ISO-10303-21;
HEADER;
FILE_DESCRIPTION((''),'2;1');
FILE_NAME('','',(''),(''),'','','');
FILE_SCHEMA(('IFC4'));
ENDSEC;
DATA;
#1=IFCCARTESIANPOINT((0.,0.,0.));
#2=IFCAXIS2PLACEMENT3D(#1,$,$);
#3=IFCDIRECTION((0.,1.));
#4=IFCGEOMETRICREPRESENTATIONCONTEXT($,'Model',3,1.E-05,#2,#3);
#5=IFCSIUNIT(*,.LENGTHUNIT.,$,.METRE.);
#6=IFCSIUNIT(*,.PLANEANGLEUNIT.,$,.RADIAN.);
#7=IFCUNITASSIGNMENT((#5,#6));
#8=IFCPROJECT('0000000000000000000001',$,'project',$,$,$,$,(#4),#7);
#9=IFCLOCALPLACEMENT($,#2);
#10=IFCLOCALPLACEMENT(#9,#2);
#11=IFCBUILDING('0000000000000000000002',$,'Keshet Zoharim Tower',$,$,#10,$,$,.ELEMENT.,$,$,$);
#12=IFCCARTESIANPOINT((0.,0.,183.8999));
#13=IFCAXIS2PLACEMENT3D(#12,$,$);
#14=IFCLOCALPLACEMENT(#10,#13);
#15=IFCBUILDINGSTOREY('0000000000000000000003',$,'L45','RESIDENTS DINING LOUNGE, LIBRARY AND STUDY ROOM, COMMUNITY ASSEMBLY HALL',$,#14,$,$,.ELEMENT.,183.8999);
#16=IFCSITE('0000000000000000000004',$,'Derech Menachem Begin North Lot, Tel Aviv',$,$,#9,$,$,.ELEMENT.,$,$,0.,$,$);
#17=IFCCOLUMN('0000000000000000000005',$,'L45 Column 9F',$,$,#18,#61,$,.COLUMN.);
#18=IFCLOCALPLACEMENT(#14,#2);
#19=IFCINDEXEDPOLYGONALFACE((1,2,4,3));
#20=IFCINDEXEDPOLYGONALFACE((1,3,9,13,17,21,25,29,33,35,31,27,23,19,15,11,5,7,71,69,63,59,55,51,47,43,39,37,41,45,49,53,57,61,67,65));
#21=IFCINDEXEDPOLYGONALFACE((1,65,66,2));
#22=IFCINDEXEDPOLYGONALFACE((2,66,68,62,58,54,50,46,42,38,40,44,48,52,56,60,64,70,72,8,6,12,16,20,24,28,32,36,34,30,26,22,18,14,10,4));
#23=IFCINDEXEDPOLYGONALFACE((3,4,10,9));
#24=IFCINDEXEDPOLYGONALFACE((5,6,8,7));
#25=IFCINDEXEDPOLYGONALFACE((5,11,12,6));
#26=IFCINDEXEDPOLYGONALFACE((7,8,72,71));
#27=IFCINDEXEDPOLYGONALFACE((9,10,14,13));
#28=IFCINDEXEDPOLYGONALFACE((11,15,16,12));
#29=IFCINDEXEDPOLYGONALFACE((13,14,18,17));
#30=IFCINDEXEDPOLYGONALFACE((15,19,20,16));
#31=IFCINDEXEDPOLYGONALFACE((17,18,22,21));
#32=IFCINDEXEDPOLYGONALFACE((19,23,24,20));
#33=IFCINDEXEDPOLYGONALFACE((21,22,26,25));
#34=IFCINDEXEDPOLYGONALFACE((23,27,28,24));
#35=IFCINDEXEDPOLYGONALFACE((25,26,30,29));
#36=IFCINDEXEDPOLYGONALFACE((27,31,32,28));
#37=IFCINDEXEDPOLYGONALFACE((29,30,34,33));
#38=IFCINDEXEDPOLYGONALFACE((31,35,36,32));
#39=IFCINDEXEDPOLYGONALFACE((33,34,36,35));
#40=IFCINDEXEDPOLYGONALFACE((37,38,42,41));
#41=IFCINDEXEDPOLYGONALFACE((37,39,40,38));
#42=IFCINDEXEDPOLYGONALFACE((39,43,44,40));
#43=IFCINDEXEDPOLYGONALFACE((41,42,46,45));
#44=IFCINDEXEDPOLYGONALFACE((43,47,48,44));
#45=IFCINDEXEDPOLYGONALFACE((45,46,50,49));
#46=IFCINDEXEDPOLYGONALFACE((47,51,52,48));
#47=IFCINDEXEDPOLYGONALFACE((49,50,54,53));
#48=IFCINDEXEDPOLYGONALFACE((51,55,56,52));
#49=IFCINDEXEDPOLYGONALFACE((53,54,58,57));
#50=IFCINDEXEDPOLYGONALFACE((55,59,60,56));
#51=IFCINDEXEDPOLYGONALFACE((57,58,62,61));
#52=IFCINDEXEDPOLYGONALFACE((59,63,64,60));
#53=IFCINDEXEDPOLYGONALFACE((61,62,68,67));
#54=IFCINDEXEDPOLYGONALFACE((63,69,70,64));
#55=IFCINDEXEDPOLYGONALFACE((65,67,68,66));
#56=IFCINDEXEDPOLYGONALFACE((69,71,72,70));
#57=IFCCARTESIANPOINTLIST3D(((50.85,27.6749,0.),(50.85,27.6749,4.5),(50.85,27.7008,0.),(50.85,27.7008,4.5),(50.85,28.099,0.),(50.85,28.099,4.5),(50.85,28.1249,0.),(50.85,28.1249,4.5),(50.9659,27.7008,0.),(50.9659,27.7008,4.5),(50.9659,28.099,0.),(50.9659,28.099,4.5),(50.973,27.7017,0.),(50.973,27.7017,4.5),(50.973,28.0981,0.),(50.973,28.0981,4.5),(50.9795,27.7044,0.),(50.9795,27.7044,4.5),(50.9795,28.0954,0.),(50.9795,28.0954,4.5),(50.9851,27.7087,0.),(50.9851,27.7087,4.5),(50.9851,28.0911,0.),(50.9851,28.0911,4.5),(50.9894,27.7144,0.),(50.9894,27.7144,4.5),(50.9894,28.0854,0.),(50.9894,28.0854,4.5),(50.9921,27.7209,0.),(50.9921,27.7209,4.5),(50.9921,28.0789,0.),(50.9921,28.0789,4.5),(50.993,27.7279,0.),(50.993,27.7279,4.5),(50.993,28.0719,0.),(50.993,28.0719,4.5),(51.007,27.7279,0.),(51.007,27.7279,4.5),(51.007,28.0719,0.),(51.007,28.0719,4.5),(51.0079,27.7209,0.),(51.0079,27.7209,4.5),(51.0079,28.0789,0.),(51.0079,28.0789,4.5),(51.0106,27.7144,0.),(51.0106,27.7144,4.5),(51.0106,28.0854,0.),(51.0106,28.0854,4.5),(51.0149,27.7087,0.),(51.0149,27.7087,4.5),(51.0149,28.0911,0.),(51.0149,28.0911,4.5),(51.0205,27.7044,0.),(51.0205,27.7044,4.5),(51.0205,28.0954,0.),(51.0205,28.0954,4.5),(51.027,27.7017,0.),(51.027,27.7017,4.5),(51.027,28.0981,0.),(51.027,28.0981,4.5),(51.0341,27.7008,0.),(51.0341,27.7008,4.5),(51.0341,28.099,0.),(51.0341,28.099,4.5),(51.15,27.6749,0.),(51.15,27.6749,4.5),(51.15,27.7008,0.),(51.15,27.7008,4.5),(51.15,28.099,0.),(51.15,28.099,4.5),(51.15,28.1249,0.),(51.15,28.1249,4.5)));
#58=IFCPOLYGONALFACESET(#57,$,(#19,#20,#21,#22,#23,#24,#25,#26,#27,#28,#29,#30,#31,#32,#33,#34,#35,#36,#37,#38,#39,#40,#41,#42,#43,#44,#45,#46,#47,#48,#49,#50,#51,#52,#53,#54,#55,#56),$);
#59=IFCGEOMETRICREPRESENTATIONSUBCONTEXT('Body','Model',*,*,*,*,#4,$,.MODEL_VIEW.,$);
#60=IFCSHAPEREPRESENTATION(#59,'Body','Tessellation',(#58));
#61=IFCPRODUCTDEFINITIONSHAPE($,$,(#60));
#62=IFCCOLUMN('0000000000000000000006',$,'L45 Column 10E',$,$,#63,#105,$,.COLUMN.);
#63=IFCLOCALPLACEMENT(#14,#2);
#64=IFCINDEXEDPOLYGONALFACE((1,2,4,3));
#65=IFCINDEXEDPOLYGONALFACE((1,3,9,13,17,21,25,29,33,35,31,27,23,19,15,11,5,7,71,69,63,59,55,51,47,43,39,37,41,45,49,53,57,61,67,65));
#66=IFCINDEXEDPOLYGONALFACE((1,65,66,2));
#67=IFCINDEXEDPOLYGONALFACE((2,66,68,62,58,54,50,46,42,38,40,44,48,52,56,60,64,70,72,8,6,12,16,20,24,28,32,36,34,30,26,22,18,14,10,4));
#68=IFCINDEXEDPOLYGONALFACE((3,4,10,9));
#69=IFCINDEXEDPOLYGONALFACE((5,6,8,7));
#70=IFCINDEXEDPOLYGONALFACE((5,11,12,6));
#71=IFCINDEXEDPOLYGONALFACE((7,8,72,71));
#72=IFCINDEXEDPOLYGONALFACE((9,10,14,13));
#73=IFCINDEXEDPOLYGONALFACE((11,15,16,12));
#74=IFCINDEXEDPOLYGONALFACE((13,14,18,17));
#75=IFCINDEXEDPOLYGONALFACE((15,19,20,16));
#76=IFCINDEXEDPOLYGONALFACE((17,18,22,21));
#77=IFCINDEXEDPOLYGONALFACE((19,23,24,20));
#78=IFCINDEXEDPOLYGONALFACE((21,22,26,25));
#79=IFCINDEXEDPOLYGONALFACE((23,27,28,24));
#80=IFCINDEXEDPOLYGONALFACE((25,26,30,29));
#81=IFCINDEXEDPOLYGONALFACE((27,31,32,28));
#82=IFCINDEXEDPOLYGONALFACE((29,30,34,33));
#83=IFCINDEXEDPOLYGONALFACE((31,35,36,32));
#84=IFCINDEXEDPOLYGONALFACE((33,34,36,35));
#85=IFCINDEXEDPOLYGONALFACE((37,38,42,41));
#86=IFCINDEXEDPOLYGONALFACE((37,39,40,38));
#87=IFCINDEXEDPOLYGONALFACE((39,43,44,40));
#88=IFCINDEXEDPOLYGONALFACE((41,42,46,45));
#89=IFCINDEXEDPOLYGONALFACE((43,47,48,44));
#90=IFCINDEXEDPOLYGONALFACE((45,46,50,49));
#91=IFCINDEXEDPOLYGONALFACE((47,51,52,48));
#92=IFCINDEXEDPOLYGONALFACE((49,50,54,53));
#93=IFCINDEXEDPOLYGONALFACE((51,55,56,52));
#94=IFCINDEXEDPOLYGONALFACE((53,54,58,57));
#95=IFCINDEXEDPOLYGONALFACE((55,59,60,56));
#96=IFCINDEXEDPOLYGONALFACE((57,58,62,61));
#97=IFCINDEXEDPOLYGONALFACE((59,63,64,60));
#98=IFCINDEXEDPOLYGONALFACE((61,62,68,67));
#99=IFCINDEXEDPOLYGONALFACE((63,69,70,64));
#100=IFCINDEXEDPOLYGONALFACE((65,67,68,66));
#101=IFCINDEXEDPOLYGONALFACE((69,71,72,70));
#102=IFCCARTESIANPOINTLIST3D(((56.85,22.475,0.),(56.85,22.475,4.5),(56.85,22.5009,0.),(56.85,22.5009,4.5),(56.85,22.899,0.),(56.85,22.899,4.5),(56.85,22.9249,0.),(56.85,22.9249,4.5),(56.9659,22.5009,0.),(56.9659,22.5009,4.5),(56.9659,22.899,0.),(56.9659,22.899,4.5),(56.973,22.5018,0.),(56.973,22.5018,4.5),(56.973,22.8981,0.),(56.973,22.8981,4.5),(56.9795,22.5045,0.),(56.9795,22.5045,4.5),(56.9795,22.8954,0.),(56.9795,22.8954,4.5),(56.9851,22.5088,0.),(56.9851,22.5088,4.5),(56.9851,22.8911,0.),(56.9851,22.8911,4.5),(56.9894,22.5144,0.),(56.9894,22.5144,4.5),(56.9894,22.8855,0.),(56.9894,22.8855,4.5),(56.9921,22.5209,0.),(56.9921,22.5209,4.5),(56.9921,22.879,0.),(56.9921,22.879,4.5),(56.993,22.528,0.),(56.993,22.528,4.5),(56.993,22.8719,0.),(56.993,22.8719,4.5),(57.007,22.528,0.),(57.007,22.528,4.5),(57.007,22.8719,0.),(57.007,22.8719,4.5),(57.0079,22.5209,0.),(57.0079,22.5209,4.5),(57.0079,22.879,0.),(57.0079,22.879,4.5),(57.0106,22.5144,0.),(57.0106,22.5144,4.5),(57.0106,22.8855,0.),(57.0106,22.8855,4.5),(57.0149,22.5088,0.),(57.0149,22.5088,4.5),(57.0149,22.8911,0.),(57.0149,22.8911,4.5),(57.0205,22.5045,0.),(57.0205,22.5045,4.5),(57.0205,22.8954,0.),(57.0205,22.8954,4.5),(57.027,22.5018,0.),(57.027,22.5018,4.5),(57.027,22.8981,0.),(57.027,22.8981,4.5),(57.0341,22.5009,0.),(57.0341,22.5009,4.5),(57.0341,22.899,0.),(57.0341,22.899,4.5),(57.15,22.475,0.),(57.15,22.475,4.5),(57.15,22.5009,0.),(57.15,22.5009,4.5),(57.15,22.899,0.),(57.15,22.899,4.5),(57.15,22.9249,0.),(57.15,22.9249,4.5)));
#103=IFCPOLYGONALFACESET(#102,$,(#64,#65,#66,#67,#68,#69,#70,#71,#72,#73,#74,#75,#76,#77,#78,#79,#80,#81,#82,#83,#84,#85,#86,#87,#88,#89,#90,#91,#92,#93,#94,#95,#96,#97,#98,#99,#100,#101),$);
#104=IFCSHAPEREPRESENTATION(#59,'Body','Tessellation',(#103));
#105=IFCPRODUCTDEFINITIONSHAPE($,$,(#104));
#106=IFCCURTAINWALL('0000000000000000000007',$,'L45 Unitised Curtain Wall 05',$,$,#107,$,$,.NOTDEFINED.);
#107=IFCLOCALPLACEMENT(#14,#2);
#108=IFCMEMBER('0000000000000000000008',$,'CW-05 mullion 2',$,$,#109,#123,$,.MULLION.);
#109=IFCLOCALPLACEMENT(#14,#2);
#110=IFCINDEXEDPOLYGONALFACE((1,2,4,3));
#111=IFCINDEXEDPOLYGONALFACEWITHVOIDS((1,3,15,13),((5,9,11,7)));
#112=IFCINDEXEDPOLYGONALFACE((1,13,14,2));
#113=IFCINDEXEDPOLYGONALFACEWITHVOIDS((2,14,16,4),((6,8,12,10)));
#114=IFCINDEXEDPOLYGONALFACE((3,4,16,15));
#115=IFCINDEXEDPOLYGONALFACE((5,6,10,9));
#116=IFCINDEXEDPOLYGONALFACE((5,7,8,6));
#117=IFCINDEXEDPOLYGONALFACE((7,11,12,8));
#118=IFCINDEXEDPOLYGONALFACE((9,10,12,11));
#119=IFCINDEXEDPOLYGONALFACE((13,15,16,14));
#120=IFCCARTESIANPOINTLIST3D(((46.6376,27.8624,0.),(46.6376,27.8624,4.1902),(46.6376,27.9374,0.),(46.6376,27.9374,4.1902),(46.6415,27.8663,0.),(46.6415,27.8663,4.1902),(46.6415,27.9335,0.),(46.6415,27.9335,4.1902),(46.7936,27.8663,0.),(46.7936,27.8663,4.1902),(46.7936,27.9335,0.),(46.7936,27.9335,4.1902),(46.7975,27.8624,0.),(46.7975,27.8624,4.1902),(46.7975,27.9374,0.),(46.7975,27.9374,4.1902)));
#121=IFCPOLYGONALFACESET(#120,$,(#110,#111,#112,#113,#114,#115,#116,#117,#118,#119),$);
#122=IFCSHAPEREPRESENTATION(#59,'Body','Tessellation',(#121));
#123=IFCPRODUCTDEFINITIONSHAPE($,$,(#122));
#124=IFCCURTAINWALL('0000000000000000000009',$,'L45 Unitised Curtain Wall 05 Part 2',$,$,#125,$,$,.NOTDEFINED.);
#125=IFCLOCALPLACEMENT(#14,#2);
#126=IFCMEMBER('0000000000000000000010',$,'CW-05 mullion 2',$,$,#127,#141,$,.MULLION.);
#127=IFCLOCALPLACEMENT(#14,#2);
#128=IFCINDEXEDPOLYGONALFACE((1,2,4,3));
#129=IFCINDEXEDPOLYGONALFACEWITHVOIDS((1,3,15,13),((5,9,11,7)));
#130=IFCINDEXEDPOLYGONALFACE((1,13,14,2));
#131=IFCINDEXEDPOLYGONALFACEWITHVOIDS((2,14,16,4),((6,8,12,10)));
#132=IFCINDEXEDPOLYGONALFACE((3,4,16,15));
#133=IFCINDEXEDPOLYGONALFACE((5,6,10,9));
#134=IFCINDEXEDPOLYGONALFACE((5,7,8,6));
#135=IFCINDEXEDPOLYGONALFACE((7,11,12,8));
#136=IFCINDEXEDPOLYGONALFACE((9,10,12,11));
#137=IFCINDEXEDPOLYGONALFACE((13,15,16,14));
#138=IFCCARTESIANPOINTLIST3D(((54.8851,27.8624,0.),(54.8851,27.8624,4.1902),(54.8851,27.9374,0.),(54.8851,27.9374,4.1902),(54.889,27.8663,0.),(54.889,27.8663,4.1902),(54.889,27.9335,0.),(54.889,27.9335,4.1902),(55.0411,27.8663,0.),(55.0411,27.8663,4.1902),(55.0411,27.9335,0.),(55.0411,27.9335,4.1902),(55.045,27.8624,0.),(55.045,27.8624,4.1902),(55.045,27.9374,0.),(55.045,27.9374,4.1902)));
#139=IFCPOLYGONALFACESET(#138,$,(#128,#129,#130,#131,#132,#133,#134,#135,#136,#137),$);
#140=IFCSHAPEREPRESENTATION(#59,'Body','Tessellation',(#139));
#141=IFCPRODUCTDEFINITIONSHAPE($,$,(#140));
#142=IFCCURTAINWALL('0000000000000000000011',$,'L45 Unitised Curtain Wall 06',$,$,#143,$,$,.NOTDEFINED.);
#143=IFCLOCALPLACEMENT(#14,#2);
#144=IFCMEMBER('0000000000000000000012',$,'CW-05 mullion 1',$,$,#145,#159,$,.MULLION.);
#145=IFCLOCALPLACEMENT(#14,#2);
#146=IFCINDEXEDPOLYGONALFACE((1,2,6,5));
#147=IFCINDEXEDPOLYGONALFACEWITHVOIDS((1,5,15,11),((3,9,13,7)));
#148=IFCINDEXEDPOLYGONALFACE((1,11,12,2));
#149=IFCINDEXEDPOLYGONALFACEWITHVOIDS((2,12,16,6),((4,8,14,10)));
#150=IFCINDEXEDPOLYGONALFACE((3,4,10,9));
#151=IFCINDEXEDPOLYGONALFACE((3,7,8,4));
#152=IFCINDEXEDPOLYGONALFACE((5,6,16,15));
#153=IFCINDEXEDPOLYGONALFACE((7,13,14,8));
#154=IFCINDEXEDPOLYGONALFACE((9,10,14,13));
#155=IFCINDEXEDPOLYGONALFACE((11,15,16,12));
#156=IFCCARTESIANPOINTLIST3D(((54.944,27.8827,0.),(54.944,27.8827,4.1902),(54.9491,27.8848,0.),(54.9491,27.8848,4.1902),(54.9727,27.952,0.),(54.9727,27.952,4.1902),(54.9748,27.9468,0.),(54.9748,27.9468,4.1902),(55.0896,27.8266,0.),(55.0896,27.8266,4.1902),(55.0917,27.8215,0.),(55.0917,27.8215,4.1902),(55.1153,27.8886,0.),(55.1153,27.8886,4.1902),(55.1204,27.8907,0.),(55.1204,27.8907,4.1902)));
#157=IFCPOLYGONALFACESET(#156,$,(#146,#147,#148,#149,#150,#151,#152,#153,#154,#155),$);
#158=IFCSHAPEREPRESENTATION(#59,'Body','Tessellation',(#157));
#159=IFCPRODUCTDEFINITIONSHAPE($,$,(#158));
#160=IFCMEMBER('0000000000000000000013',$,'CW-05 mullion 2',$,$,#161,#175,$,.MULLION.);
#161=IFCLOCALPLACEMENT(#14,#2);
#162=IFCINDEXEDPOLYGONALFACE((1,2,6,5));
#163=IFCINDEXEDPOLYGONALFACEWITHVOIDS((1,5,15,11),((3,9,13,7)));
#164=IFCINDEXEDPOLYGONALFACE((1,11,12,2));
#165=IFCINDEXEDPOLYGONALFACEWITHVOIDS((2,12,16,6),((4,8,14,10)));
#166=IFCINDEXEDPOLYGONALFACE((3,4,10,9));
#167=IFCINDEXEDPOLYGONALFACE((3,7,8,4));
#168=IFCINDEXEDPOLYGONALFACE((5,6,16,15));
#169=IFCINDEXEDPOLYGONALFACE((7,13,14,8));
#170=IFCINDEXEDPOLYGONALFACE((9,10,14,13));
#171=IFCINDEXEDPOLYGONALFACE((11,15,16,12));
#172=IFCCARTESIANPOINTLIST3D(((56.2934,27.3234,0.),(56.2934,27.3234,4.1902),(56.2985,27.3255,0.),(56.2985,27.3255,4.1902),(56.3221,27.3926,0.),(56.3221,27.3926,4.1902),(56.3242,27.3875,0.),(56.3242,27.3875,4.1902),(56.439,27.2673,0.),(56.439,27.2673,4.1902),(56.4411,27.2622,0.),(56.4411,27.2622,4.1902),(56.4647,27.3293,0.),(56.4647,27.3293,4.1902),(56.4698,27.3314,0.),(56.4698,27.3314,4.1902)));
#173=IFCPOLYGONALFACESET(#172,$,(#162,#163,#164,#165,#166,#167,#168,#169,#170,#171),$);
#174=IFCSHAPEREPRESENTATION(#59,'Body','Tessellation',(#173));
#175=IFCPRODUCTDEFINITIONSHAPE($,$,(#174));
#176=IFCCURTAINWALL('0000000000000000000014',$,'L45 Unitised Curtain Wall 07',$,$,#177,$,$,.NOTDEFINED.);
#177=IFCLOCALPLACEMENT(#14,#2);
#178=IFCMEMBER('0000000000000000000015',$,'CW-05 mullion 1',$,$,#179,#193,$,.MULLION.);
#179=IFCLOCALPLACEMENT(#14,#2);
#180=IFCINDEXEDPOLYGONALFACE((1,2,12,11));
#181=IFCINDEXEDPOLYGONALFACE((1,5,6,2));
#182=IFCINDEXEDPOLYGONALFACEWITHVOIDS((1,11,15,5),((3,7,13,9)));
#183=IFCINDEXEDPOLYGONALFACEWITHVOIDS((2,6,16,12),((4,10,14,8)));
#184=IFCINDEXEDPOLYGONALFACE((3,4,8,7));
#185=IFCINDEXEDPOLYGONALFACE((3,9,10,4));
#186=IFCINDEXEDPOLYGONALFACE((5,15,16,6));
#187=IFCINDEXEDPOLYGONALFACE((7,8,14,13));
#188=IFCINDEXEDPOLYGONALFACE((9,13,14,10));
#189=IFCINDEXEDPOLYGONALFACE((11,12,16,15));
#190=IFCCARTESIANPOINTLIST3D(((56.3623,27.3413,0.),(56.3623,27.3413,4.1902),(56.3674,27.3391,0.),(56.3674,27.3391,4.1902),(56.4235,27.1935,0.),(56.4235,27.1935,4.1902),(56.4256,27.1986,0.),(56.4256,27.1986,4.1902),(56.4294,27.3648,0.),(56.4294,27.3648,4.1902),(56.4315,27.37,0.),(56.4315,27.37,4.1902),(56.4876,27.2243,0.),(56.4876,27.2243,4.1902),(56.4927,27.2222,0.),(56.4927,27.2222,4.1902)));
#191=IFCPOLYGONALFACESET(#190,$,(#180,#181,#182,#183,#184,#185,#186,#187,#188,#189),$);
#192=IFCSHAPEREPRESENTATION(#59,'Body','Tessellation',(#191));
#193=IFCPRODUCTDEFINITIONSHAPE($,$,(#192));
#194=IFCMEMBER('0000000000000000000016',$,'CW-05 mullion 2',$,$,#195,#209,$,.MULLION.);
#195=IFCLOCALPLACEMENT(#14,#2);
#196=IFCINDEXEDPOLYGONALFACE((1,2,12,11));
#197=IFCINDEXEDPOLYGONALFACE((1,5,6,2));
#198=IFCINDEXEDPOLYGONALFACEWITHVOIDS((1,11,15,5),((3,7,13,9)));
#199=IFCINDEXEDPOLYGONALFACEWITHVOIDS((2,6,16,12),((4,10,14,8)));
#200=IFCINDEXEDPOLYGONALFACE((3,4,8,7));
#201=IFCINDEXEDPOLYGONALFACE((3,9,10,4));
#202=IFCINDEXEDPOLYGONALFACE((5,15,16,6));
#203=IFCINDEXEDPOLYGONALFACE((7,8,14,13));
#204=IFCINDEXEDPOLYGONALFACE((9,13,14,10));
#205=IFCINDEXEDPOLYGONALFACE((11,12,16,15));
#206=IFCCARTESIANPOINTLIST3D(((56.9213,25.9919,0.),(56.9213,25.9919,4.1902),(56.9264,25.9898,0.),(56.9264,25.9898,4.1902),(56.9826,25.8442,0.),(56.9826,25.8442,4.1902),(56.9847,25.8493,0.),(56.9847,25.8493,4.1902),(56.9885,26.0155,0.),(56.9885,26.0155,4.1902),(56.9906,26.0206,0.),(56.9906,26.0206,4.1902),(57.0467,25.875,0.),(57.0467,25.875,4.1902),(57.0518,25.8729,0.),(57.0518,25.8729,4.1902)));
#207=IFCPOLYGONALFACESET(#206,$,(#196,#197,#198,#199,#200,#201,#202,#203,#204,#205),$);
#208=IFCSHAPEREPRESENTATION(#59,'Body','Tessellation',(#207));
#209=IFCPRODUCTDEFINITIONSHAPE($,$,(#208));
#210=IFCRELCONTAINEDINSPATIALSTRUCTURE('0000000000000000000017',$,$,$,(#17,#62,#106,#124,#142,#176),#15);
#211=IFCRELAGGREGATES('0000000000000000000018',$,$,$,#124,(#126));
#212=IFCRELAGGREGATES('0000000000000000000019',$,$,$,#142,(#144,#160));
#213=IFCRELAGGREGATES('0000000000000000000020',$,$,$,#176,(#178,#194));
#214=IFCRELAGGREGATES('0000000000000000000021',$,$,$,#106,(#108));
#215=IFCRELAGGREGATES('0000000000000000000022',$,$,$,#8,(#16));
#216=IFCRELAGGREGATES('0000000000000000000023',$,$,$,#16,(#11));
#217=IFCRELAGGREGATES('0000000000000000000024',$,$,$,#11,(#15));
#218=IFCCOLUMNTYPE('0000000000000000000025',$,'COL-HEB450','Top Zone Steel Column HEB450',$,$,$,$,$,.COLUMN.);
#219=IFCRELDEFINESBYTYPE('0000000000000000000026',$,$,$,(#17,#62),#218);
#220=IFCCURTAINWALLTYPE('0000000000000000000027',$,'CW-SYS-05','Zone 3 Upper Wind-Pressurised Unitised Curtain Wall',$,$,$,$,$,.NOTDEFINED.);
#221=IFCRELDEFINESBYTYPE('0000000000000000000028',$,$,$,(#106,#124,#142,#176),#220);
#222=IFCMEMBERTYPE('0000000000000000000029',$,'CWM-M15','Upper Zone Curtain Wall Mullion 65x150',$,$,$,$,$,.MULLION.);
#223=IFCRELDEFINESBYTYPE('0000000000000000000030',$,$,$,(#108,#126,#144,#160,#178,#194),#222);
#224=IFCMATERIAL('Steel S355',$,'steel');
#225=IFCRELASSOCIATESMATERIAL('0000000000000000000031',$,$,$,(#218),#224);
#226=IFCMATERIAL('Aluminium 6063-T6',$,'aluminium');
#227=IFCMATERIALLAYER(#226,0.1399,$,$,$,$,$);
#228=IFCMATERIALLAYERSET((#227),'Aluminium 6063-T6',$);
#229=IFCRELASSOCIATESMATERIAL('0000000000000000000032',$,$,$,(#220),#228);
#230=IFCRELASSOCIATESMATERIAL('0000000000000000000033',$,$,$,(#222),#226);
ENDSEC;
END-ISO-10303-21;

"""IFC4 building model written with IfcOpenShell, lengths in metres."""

from ifc_helpers import new_model, si_unit, direction, frame, origin, origin_2d, place, context, subcontext, project, spatial, hollow_rectangle, i_section, extrude, material, layer, layer_set, material_profile, profile_set, type_object, element, aggregate, save


model = new_model("IFC4")

# Units and contexts
model_context = context("Model", 3, precision=1e-05, world=origin(), true_north=direction((0.0, 1.0)))
body_context = subcontext(model_context, "Body", "Model", "MODEL_VIEW")
ifc_project = project(units=[si_unit("LENGTHUNIT", "METRE"), si_unit("PLANEANGLEUNIT", "RADIAN")], contexts=[model_context])

# Site, building, storey
site_placement = place(None, origin())
site = spatial("IfcSite", under=ifc_project, at=site_placement, Name="Derech Menachem Begin North Lot, Tel Aviv", CompositionType="ELEMENT", RefElevation=0.0)
building_placement = place(site_placement, origin())
building = spatial("IfcBuilding", under=site, at=building_placement, Name="Keshet Zoharim Tower", CompositionType="ELEMENT")
storey_placement = place(building_placement, frame((0.0, 0.0, 183.8999)))
storey = spatial("IfcBuildingStorey", under=building, at=storey_placement, Name="L45", Description="RESIDENTS DINING LOUNGE, LIBRARY AND STUDY ROOM, COMMUNITY ASSEMBLY HALL", CompositionType="ELEMENT", Elevation=183.8999)

# Columns
ifc_material_1 = material(Name="Steel S355", Category="steel")
ifc_material_profile_1 = material_profile(ifc_material_1, i_section(OverallWidth=0.3, OverallDepth=0.45, WebThickness=0.0139, FlangeThickness=0.0259, FilletRadius=0.0271, at=origin_2d()), Name="HEB450")
ifc_profile_set_1 = profile_set([ifc_material_profile_1], Name="Steel S355")
column_type = type_object("IfcColumnType", Name="COL-HEB450", Description="Top Zone Steel Column HEB450", PredefinedType="COLUMN", material=ifc_profile_set_1)
for number, where, z_axis, x_axis, name in (
    (1, (51.0, 27.8999, 0.0), (0.0, 0.0, 1.0), (1.0, 0.0, 0.0), "L45 Column 9F"),
    (2, (57.0, 22.7, 0.0), (0.0, 0.0, 1.0), (1.0, 0.0, 0.0), "L45 Column 10E"),
):
    element("IfcColumn", number, at=place(storey_placement, frame(where, z_axis=z_axis, x_axis=x_axis)), inside=storey, type_object=column_type, Name=name, PredefinedType="COLUMN", context=body_context, shape_type="SweptSolid", body=[
        extrude(i_section(OverallWidth=0.3, OverallDepth=0.45, WebThickness=0.0139, FlangeThickness=0.0259, FilletRadius=0.0271, at=origin_2d()), origin(), (0.0, 0.0, 1.0), 4.5),
    ])

# Curtain walls, members
ifc_material_2 = material(Name="Aluminium 6063-T6", Category="aluminium")
ifc_layer_1 = layer(ifc_material_2, 0.1399)
ifc_layer_set_1 = layer_set([ifc_layer_1], Name="Aluminium 6063-T6")
curtain_wall_type = type_object("IfcCurtainWallType", Name="CW-SYS-05", Description="Zone 3 Upper Wind-Pressurised Unitised Curtain Wall", PredefinedType="NOTDEFINED", material=ifc_layer_set_1)
curtain_wall_1_placement = place(storey_placement, origin())
curtain_wall_1 = element("IfcCurtainWall", 3, at=curtain_wall_1_placement, inside=storey, type_object=curtain_wall_type, Name="L45 Unitised Curtain Wall 05", PredefinedType="NOTDEFINED")
ifc_material_profile_2 = material_profile(ifc_material_2, hollow_rectangle(XDim=0.075, YDim=0.1599, WallThickness=0.0039, at=origin_2d()), Name="MUL-75x160")
ifc_profile_set_2 = profile_set([ifc_material_profile_2], Name="Aluminium 6063-T6")
member_type_1 = type_object("IfcMemberType", Name="CWM-M15", Description="Upper Zone Curtain Wall Mullion 65x150", PredefinedType="MULLION", material=ifc_profile_set_2)
member_1_placement = place(storey_placement, frame((46.7175, 27.8999, 0.0), z_axis=(0.0, 0.0, 1.0), x_axis=(0.0, 1.0, 0.0)))
member_1 = element("IfcMember", 4, at=member_1_placement, type_object=member_type_1, Name="CW-05 mullion 2", PredefinedType="MULLION", context=body_context, shape_type="SweptSolid", body=[
    extrude(hollow_rectangle(XDim=0.075, YDim=0.1599, WallThickness=0.0039, at=origin_2d()), origin(), (0.0, 0.0, 1.0), 4.1902),
])
curtain_wall_2_placement = place(storey_placement, origin())
curtain_wall_2 = element("IfcCurtainWall", 5, at=curtain_wall_2_placement, inside=storey, type_object=curtain_wall_type, Name="L45 Unitised Curtain Wall 05 Part 2", PredefinedType="NOTDEFINED")
member_2_placement = place(storey_placement, frame((54.9651, 27.8999, 0.0), z_axis=(0.0, 0.0, 1.0), x_axis=(0.0, 1.0, 0.0)))
member_2 = element("IfcMember", 6, at=member_2_placement, type_object=member_type_1, Name="CW-05 mullion 2", PredefinedType="MULLION", context=body_context, shape_type="SweptSolid", body=[
    extrude(hollow_rectangle(XDim=0.075, YDim=0.1599, WallThickness=0.0039, at=origin_2d()), origin(), (0.0, 0.0, 1.0), 4.1902),
])

# Curtain walls, members
curtain_wall_3_placement = place(storey_placement, origin())
curtain_wall_3 = element("IfcCurtainWall", 7, at=curtain_wall_3_placement, inside=storey, type_object=curtain_wall_type, Name="L45 Unitised Curtain Wall 06", PredefinedType="NOTDEFINED")
member_3_placement = place(storey_placement, frame((55.0322, 27.8867, 0.0), z_axis=(0.0, 0.0, 1.0), x_axis=(0.382852, 0.92381, 0.0)))
member_3 = element("IfcMember", 8, at=member_3_placement, type_object=member_type_1, Name="CW-05 mullion 1", PredefinedType="MULLION", context=body_context, shape_type="SweptSolid", body=[
    extrude(hollow_rectangle(XDim=0.075, YDim=0.1599, WallThickness=0.0039, at=origin_2d()), origin(), (0.0, 0.0, 1.0), 4.1902),
])
member_4_placement = place(storey_placement, frame((56.3816, 27.3274, 0.0), z_axis=(0.0, 0.0, 1.0), x_axis=(0.382852, 0.92381, 0.0)))
member_4 = element("IfcMember", 9, at=member_4_placement, type_object=member_type_1, Name="CW-05 mullion 2", PredefinedType="MULLION", context=body_context, shape_type="SweptSolid", body=[
    extrude(hollow_rectangle(XDim=0.075, YDim=0.1599, WallThickness=0.0039, at=origin_2d()), origin(), (0.0, 0.0, 1.0), 4.1902),
])
curtain_wall_4_placement = place(storey_placement, origin())
curtain_wall_4 = element("IfcCurtainWall", 10, at=curtain_wall_4_placement, inside=storey, type_object=curtain_wall_type, Name="L45 Unitised Curtain Wall 07", PredefinedType="NOTDEFINED")
member_5_placement = place(storey_placement, frame((56.4275, 27.2817, 0.0), z_axis=(0.0, 0.0, 1.0), x_axis=(0.92381, 0.382852, 0.0)))
member_5 = element("IfcMember", 11, at=member_5_placement, type_object=member_type_1, Name="CW-05 mullion 1", PredefinedType="MULLION", context=body_context, shape_type="SweptSolid", body=[
    extrude(hollow_rectangle(XDim=0.075, YDim=0.1599, WallThickness=0.0039, at=origin_2d()), origin(), (0.0, 0.0, 1.0), 4.1902),
])
member_6_placement = place(storey_placement, frame((56.9866, 25.9324, 0.0), z_axis=(0.0, 0.0, 1.0), x_axis=(0.92381, 0.382852, 0.0)))
member_6 = element("IfcMember", 12, at=member_6_placement, type_object=member_type_1, Name="CW-05 mullion 2", PredefinedType="MULLION", context=body_context, shape_type="SweptSolid", body=[
    extrude(hollow_rectangle(XDim=0.075, YDim=0.1599, WallThickness=0.0039, at=origin_2d()), origin(), (0.0, 0.0, 1.0), 4.1902),
])

aggregate(curtain_wall_2, [member_2])
aggregate(curtain_wall_3, [member_3, member_4])
aggregate(curtain_wall_4, [member_5, member_6])
aggregate(curtain_wall_1, [member_1])

save(model, "model.ifc")
